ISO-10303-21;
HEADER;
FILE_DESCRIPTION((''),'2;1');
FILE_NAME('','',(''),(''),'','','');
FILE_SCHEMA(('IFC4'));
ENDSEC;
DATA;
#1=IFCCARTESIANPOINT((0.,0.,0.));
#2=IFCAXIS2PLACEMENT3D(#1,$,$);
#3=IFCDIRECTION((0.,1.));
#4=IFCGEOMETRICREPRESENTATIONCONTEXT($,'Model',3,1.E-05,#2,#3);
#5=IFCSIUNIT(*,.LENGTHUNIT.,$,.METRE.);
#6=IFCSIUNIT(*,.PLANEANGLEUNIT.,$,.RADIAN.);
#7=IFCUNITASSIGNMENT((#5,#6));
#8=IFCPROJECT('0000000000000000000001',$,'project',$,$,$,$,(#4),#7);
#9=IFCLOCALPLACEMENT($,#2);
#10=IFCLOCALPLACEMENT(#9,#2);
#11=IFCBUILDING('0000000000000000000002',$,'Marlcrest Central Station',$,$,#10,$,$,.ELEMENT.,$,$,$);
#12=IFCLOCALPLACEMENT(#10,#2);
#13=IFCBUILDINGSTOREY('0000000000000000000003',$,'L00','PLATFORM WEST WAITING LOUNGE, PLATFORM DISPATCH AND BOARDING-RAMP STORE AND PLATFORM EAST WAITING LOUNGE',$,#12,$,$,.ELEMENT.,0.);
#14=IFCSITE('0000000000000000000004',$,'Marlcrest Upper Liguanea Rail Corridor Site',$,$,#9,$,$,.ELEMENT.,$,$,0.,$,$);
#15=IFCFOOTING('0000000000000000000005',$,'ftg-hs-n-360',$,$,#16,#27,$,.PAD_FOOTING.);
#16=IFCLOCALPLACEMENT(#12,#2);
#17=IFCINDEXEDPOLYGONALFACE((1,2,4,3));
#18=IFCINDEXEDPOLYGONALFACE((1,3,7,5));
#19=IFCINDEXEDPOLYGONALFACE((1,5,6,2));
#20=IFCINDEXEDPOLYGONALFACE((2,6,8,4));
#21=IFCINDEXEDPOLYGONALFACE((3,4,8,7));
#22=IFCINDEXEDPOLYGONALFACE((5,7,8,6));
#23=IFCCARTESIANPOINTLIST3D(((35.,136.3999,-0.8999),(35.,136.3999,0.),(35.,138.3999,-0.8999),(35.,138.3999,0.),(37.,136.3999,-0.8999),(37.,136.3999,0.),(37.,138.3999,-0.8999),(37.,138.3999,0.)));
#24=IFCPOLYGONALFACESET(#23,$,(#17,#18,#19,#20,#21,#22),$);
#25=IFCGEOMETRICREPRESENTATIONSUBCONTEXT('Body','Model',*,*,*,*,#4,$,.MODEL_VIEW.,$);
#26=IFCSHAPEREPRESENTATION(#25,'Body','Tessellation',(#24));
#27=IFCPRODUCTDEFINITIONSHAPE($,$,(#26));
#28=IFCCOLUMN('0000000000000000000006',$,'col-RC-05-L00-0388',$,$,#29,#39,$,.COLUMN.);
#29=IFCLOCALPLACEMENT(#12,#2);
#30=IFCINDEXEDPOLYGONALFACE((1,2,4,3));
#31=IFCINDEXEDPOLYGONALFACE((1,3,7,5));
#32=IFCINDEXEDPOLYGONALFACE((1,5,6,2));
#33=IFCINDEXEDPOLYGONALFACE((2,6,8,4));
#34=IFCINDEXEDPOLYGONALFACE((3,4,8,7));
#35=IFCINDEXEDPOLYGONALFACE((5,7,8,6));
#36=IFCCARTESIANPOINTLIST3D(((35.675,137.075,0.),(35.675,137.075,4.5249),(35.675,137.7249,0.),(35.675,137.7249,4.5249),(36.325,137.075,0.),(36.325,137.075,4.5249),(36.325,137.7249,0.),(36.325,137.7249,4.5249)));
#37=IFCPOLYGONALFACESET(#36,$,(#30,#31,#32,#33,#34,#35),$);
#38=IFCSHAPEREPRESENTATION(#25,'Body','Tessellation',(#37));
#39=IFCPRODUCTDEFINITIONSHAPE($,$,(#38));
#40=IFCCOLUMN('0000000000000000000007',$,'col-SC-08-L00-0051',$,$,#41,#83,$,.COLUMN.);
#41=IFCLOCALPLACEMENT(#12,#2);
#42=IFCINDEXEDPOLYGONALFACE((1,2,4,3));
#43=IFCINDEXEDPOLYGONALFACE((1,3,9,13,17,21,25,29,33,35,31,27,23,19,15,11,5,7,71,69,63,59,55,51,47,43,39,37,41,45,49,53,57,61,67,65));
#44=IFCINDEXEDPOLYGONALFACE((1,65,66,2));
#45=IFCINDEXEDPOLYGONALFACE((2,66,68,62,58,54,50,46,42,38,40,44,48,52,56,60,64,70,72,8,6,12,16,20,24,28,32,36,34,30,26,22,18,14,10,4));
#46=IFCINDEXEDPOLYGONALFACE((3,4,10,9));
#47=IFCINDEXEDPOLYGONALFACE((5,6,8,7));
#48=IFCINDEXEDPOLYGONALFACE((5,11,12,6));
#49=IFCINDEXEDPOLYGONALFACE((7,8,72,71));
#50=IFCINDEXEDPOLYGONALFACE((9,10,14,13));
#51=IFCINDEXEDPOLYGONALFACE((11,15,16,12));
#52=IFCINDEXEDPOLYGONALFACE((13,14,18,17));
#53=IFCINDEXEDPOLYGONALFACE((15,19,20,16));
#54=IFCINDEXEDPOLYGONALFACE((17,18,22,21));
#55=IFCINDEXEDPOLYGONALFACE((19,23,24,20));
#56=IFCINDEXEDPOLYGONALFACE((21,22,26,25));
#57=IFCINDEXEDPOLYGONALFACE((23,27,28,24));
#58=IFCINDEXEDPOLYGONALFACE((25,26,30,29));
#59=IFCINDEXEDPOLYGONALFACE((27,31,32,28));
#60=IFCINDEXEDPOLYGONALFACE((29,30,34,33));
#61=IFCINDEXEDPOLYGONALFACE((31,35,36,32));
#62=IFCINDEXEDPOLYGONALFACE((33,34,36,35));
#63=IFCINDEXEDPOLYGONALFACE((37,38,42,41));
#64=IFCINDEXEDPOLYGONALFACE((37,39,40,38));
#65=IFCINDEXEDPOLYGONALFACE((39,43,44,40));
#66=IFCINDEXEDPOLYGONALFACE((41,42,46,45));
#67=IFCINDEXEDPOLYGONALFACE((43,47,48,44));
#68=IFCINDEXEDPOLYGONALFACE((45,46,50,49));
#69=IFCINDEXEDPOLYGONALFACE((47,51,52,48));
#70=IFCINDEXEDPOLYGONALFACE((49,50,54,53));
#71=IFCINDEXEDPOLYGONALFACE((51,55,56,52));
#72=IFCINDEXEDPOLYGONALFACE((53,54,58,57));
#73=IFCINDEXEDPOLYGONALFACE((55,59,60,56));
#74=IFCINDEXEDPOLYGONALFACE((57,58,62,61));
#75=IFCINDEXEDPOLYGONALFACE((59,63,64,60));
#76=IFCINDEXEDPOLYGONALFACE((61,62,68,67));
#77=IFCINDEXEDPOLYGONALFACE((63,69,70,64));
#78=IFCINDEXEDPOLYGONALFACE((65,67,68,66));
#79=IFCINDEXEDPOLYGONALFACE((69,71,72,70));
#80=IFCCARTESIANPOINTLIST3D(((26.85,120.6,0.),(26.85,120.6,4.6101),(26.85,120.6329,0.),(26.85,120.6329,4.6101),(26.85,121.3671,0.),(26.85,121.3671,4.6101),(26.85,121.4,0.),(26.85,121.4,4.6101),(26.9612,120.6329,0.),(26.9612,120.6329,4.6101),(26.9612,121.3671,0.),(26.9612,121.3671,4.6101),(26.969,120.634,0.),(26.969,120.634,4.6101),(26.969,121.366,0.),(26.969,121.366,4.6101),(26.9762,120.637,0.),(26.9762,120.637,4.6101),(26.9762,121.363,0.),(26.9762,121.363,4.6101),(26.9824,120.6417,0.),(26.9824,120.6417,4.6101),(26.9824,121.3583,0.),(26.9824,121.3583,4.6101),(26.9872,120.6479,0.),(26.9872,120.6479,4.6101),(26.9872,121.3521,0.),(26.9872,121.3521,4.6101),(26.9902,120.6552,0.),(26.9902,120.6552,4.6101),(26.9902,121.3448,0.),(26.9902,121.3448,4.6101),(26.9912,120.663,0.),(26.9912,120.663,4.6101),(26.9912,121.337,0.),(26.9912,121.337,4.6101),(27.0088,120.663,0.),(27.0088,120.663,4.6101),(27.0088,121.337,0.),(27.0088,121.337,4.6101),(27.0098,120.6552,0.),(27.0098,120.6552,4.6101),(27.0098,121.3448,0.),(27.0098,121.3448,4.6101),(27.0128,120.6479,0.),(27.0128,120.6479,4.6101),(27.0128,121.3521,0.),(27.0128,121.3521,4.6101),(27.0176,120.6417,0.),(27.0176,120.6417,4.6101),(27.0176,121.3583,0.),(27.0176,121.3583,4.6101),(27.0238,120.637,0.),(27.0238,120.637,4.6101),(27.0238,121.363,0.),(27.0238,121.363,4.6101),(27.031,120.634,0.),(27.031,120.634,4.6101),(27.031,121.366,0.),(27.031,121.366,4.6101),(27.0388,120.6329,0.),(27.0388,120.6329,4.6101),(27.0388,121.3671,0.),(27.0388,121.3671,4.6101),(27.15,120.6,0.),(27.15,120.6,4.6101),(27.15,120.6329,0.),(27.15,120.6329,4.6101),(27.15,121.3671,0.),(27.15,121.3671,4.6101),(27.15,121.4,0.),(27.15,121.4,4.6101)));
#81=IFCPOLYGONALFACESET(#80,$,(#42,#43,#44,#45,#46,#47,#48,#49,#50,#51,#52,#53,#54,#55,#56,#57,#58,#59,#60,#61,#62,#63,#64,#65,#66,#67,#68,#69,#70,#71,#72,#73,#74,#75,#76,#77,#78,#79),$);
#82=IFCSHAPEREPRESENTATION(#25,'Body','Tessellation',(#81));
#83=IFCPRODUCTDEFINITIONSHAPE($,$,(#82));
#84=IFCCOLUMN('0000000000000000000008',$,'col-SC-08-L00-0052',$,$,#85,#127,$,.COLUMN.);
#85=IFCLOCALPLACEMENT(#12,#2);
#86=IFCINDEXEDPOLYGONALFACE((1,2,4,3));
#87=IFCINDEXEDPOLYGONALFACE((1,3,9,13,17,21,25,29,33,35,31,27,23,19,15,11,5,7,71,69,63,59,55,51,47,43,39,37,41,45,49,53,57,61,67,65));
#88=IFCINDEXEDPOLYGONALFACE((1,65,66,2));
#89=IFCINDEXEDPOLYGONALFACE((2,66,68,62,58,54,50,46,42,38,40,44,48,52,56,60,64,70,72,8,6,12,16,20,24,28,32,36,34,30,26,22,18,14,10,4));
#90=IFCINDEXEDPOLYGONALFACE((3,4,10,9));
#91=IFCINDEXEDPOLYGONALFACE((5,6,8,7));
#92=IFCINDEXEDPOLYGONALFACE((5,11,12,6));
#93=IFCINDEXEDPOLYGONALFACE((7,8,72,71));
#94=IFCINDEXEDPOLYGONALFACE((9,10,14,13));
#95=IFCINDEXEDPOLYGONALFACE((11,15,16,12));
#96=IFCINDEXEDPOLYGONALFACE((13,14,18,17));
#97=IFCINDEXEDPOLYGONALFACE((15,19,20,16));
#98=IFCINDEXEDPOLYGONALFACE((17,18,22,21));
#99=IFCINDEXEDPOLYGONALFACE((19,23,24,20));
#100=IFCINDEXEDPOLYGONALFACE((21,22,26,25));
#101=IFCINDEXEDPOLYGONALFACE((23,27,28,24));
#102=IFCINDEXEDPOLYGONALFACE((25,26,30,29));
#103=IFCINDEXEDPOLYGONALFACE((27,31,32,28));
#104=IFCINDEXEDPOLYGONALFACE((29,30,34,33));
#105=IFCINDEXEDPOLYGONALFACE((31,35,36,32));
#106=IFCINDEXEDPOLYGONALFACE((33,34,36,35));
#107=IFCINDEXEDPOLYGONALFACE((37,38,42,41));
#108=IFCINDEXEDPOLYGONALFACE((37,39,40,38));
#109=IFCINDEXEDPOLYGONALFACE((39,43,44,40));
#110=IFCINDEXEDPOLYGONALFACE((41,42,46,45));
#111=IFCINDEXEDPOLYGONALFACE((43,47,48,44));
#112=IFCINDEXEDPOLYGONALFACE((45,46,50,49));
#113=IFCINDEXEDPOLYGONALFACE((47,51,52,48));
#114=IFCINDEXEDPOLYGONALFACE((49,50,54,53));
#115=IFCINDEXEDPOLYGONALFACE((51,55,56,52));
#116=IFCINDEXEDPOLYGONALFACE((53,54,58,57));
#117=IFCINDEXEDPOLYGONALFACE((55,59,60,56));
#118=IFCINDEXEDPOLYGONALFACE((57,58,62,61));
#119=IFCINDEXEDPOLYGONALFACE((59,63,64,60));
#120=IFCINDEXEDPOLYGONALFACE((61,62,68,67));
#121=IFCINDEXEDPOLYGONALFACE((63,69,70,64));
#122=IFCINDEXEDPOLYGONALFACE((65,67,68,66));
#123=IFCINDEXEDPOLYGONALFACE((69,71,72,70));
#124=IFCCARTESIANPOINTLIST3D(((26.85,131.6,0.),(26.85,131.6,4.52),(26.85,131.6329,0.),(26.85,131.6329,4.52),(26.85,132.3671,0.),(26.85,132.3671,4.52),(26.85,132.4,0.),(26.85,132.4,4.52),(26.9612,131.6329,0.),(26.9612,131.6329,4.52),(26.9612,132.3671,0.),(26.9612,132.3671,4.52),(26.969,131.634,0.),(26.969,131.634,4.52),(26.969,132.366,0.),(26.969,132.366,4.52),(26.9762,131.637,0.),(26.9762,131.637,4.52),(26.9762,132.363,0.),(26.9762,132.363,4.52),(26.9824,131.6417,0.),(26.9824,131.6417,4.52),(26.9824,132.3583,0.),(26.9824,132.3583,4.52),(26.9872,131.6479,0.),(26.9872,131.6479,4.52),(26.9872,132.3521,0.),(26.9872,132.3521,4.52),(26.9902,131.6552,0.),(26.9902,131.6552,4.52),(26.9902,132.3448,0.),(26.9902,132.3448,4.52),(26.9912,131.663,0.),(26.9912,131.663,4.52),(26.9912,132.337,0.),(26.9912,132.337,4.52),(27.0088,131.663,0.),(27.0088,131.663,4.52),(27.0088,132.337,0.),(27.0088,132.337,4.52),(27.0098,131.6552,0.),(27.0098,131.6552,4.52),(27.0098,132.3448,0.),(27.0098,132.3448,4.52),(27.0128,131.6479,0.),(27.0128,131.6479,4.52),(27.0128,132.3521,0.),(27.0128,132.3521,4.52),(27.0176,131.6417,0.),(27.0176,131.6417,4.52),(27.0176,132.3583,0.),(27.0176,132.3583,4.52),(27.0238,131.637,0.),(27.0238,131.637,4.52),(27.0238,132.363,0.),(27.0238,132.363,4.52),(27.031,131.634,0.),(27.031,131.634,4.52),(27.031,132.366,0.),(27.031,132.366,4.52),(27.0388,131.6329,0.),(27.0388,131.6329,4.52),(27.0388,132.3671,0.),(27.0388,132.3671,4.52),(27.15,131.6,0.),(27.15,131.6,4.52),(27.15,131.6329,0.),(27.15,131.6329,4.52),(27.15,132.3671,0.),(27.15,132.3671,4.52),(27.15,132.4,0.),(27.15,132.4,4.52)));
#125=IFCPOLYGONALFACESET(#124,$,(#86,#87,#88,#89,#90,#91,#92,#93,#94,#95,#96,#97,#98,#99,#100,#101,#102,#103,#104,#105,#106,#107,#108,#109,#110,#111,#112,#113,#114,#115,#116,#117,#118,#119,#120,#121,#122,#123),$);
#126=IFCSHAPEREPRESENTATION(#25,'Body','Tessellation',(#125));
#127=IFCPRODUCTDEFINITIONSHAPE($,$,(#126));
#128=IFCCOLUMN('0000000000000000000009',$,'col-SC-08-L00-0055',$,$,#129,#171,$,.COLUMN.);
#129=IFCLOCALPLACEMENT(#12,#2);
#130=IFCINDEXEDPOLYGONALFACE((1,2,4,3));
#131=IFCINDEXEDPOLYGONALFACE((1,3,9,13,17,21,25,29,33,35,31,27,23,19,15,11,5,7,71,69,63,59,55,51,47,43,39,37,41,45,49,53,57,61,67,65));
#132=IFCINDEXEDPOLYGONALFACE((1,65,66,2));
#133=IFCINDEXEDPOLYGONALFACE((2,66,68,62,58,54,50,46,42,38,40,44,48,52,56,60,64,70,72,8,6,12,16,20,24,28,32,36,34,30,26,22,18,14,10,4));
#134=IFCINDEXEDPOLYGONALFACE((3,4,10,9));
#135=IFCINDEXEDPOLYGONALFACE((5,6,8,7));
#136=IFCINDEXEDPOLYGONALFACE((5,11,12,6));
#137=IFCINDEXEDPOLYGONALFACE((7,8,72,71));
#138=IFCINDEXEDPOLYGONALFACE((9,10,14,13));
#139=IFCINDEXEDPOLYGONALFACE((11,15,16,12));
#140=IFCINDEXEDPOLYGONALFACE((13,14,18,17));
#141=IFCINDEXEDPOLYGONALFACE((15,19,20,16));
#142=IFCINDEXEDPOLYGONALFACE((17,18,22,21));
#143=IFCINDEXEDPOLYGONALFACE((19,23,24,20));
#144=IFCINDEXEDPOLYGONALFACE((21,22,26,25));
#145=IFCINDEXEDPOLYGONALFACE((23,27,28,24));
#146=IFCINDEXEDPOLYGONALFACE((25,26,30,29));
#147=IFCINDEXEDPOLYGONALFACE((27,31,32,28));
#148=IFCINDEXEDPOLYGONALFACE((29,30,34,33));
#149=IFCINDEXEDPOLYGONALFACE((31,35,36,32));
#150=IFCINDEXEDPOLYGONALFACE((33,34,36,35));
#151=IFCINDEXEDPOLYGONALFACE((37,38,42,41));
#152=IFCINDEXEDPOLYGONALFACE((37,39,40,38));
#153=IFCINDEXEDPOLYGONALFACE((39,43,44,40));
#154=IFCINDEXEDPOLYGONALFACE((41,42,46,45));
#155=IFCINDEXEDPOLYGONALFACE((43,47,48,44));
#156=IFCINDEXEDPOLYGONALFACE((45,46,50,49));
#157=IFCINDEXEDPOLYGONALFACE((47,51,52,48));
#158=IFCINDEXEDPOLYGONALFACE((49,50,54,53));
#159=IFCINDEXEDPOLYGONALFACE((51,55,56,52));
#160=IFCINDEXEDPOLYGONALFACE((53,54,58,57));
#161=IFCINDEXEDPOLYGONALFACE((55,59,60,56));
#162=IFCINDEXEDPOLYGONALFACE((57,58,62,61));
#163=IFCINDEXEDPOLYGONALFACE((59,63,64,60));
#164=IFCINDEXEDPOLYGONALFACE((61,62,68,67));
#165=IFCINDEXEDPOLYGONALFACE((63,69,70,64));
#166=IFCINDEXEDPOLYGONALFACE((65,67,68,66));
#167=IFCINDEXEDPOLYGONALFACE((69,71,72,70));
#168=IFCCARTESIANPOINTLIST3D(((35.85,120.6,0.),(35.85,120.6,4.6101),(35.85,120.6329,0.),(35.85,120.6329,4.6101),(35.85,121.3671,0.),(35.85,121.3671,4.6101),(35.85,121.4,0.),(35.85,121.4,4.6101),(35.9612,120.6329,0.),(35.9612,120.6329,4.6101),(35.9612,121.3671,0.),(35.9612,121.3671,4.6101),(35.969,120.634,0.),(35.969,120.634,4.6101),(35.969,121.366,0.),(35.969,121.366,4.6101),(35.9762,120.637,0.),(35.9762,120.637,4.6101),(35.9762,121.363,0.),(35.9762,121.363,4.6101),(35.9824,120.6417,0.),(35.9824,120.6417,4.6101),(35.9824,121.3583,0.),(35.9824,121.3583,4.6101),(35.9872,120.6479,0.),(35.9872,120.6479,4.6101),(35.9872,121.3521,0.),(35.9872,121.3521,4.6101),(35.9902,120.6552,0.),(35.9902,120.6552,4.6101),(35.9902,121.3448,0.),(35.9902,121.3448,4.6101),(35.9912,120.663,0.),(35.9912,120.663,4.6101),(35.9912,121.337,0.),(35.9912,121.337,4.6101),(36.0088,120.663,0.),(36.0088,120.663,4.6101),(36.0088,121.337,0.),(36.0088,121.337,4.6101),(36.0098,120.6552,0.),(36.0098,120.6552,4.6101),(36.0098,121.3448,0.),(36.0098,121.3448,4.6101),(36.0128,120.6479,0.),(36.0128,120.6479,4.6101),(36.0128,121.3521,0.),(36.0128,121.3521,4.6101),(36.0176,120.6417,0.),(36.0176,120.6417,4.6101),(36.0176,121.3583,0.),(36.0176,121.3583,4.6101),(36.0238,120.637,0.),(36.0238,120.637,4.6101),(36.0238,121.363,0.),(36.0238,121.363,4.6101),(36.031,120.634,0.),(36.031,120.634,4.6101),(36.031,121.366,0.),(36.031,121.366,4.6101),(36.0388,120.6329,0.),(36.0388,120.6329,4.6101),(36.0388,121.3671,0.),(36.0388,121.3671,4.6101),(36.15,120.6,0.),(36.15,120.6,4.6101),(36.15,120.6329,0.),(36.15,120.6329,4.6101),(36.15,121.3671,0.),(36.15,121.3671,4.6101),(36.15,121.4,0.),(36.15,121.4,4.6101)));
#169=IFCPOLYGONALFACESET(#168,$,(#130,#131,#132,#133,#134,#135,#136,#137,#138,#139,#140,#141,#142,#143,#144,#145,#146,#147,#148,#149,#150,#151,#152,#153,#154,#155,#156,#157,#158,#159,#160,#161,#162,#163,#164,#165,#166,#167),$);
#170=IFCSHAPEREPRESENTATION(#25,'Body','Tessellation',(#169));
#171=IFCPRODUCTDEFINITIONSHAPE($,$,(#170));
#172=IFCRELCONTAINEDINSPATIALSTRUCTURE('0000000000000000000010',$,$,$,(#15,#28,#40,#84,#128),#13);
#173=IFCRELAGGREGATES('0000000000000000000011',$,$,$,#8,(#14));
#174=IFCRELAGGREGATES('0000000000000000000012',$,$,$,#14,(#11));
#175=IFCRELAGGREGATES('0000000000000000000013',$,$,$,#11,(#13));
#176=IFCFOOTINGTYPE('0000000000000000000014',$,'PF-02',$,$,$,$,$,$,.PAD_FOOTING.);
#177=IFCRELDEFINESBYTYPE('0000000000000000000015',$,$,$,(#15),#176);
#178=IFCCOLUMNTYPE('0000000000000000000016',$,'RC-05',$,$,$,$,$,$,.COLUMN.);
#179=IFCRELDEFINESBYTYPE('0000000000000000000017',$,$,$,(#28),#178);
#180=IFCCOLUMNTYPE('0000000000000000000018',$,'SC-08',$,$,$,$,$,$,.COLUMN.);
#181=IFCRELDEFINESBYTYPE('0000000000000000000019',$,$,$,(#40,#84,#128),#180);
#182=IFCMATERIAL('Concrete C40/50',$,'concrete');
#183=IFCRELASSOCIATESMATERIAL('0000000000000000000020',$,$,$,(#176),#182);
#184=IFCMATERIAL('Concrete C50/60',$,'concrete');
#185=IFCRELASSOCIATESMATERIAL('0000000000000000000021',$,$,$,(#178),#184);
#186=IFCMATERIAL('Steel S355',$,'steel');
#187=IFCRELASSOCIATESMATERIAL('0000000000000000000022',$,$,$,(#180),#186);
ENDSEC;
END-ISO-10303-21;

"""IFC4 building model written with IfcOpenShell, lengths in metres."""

from ifc_helpers import new_model, si_unit, direction, frame, origin, origin_2d, place, context, subcontext, project, spatial, rectangle, i_section, extrude, material, material_profile, profile_set, type_object, element, save


model = new_model("IFC4")

# Units and contexts
model_context = context("Model", 3, precision=1e-05, world=origin(), true_north=direction((0.0, 1.0)))
body_context = subcontext(model_context, "Body", "Model", "MODEL_VIEW")
ifc_project = project(units=[si_unit("LENGTHUNIT", "METRE"), si_unit("PLANEANGLEUNIT", "RADIAN")], contexts=[model_context])

# Site, building, storey
site_placement = place(None, origin())
site = spatial("IfcSite", under=ifc_project, at=site_placement, Name="Marlcrest Upper Liguanea Rail Corridor Site", CompositionType="ELEMENT", RefElevation=0.0)
building_placement = place(site_placement, origin())
building = spatial("IfcBuilding", under=site, at=building_placement, Name="Marlcrest Central Station", CompositionType="ELEMENT")
storey_placement = place(building_placement, origin())
storey = spatial("IfcBuildingStorey", under=building, at=storey_placement, Name="L00", Description="PLATFORM WEST WAITING LOUNGE, PLATFORM DISPATCH AND BOARDING-RAMP STORE AND PLATFORM EAST WAITING LOUNGE", CompositionType="ELEMENT", Elevation=0.0)

# Footing
ifc_material_1 = material(Name="Concrete C40/50", Category="concrete")
footing_type = type_object("IfcFootingType", Name="PF-02", PredefinedType="PAD_FOOTING", material=ifc_material_1)
footing_placement = place(storey_placement, frame((36.0, 137.3999, -0.8999), z_axis=(0.0, 0.0, 1.0), x_axis=(1.0, 0.0, 0.0)))
element("IfcFooting", 1, at=footing_placement, inside=storey, type_object=footing_type, Name="ftg-hs-n-360", PredefinedType="PAD_FOOTING", context=body_context, shape_type="SweptSolid", body=[
    extrude(rectangle(XDim=2.0, YDim=2.0, at=origin_2d()), origin(), (0.0, 0.0, 1.0), 0.8999),
])

# Columns
ifc_material_2 = material(Name="Concrete C50/60", Category="concrete")
ifc_material_profile_1 = material_profile(ifc_material_2, rectangle(XDim=0.6499, YDim=0.6499, at=origin_2d()), Name="RC 650x650")
ifc_profile_set_1 = profile_set([ifc_material_profile_1], Name="Concrete C50/60")
column_type_1 = type_object("IfcColumnType", Name="RC-05", PredefinedType="COLUMN", material=ifc_profile_set_1)
column_1_placement = place(storey_placement, frame((36.0, 137.3999, 0.0), z_axis=(0.0, 0.0, 1.0), x_axis=(1.0, 0.0, 0.0)))
element("IfcColumn", 2, at=column_1_placement, inside=storey, type_object=column_type_1, Name="col-RC-05-L00-0388", PredefinedType="COLUMN", context=body_context, shape_type="SweptSolid", body=[
    extrude(rectangle(XDim=0.6499, YDim=0.6499, at=origin_2d()), origin(), (0.0, 0.0, 1.0), 4.5249),
])
ifc_material_3 = material(Name="Steel S355", Category="steel")
ifc_material_profile_2 = material_profile(ifc_material_3, i_section(OverallWidth=0.3, OverallDepth=0.8, WebThickness=0.0176, FlangeThickness=0.033, FilletRadius=0.03, at=origin_2d()), Name="HEB 800")
ifc_profile_set_2 = profile_set([ifc_material_profile_2], Name="Steel S355")
column_type_2 = type_object("IfcColumnType", Name="SC-08", PredefinedType="COLUMN", material=ifc_profile_set_2)
column_2_placement = place(storey_placement, frame((27.0, 121.0, 0.0), z_axis=(0.0, 0.0, 1.0), x_axis=(1.0, 0.0, 0.0)))
element("IfcColumn", 3, at=column_2_placement, inside=storey, type_object=column_type_2, Name="col-SC-08-L00-0051", PredefinedType="COLUMN", context=body_context, shape_type="SweptSolid", body=[
    extrude(i_section(OverallWidth=0.3, OverallDepth=0.8, WebThickness=0.0176, FlangeThickness=0.033, FilletRadius=0.03, at=origin_2d()), origin(), (0.0, 0.0, 1.0), 4.6101),
])
column_3_placement = place(storey_placement, frame((27.0, 132.0, 0.0), z_axis=(0.0, 0.0, 1.0), x_axis=(1.0, 0.0, 0.0)))
element("IfcColumn", 4, at=column_3_placement, inside=storey, type_object=column_type_2, Name="col-SC-08-L00-0052", PredefinedType="COLUMN", context=body_context, shape_type="SweptSolid", body=[
    extrude(i_section(OverallWidth=0.3, OverallDepth=0.8, WebThickness=0.0176, FlangeThickness=0.033, FilletRadius=0.03, at=origin_2d()), origin(), (0.0, 0.0, 1.0), 4.52),
])
column_4_placement = place(storey_placement, frame((36.0, 121.0, 0.0), z_axis=(0.0, 0.0, 1.0), x_axis=(1.0, 0.0, 0.0)))
element("IfcColumn", 5, at=column_4_placement, inside=storey, type_object=column_type_2, Name="col-SC-08-L00-0055", PredefinedType="COLUMN", context=body_context, shape_type="SweptSolid", body=[
    extrude(i_section(OverallWidth=0.3, OverallDepth=0.8, WebThickness=0.0176, FlangeThickness=0.033, FilletRadius=0.03, at=origin_2d()), origin(), (0.0, 0.0, 1.0), 4.6101),
])

save(model, "model.ifc")
